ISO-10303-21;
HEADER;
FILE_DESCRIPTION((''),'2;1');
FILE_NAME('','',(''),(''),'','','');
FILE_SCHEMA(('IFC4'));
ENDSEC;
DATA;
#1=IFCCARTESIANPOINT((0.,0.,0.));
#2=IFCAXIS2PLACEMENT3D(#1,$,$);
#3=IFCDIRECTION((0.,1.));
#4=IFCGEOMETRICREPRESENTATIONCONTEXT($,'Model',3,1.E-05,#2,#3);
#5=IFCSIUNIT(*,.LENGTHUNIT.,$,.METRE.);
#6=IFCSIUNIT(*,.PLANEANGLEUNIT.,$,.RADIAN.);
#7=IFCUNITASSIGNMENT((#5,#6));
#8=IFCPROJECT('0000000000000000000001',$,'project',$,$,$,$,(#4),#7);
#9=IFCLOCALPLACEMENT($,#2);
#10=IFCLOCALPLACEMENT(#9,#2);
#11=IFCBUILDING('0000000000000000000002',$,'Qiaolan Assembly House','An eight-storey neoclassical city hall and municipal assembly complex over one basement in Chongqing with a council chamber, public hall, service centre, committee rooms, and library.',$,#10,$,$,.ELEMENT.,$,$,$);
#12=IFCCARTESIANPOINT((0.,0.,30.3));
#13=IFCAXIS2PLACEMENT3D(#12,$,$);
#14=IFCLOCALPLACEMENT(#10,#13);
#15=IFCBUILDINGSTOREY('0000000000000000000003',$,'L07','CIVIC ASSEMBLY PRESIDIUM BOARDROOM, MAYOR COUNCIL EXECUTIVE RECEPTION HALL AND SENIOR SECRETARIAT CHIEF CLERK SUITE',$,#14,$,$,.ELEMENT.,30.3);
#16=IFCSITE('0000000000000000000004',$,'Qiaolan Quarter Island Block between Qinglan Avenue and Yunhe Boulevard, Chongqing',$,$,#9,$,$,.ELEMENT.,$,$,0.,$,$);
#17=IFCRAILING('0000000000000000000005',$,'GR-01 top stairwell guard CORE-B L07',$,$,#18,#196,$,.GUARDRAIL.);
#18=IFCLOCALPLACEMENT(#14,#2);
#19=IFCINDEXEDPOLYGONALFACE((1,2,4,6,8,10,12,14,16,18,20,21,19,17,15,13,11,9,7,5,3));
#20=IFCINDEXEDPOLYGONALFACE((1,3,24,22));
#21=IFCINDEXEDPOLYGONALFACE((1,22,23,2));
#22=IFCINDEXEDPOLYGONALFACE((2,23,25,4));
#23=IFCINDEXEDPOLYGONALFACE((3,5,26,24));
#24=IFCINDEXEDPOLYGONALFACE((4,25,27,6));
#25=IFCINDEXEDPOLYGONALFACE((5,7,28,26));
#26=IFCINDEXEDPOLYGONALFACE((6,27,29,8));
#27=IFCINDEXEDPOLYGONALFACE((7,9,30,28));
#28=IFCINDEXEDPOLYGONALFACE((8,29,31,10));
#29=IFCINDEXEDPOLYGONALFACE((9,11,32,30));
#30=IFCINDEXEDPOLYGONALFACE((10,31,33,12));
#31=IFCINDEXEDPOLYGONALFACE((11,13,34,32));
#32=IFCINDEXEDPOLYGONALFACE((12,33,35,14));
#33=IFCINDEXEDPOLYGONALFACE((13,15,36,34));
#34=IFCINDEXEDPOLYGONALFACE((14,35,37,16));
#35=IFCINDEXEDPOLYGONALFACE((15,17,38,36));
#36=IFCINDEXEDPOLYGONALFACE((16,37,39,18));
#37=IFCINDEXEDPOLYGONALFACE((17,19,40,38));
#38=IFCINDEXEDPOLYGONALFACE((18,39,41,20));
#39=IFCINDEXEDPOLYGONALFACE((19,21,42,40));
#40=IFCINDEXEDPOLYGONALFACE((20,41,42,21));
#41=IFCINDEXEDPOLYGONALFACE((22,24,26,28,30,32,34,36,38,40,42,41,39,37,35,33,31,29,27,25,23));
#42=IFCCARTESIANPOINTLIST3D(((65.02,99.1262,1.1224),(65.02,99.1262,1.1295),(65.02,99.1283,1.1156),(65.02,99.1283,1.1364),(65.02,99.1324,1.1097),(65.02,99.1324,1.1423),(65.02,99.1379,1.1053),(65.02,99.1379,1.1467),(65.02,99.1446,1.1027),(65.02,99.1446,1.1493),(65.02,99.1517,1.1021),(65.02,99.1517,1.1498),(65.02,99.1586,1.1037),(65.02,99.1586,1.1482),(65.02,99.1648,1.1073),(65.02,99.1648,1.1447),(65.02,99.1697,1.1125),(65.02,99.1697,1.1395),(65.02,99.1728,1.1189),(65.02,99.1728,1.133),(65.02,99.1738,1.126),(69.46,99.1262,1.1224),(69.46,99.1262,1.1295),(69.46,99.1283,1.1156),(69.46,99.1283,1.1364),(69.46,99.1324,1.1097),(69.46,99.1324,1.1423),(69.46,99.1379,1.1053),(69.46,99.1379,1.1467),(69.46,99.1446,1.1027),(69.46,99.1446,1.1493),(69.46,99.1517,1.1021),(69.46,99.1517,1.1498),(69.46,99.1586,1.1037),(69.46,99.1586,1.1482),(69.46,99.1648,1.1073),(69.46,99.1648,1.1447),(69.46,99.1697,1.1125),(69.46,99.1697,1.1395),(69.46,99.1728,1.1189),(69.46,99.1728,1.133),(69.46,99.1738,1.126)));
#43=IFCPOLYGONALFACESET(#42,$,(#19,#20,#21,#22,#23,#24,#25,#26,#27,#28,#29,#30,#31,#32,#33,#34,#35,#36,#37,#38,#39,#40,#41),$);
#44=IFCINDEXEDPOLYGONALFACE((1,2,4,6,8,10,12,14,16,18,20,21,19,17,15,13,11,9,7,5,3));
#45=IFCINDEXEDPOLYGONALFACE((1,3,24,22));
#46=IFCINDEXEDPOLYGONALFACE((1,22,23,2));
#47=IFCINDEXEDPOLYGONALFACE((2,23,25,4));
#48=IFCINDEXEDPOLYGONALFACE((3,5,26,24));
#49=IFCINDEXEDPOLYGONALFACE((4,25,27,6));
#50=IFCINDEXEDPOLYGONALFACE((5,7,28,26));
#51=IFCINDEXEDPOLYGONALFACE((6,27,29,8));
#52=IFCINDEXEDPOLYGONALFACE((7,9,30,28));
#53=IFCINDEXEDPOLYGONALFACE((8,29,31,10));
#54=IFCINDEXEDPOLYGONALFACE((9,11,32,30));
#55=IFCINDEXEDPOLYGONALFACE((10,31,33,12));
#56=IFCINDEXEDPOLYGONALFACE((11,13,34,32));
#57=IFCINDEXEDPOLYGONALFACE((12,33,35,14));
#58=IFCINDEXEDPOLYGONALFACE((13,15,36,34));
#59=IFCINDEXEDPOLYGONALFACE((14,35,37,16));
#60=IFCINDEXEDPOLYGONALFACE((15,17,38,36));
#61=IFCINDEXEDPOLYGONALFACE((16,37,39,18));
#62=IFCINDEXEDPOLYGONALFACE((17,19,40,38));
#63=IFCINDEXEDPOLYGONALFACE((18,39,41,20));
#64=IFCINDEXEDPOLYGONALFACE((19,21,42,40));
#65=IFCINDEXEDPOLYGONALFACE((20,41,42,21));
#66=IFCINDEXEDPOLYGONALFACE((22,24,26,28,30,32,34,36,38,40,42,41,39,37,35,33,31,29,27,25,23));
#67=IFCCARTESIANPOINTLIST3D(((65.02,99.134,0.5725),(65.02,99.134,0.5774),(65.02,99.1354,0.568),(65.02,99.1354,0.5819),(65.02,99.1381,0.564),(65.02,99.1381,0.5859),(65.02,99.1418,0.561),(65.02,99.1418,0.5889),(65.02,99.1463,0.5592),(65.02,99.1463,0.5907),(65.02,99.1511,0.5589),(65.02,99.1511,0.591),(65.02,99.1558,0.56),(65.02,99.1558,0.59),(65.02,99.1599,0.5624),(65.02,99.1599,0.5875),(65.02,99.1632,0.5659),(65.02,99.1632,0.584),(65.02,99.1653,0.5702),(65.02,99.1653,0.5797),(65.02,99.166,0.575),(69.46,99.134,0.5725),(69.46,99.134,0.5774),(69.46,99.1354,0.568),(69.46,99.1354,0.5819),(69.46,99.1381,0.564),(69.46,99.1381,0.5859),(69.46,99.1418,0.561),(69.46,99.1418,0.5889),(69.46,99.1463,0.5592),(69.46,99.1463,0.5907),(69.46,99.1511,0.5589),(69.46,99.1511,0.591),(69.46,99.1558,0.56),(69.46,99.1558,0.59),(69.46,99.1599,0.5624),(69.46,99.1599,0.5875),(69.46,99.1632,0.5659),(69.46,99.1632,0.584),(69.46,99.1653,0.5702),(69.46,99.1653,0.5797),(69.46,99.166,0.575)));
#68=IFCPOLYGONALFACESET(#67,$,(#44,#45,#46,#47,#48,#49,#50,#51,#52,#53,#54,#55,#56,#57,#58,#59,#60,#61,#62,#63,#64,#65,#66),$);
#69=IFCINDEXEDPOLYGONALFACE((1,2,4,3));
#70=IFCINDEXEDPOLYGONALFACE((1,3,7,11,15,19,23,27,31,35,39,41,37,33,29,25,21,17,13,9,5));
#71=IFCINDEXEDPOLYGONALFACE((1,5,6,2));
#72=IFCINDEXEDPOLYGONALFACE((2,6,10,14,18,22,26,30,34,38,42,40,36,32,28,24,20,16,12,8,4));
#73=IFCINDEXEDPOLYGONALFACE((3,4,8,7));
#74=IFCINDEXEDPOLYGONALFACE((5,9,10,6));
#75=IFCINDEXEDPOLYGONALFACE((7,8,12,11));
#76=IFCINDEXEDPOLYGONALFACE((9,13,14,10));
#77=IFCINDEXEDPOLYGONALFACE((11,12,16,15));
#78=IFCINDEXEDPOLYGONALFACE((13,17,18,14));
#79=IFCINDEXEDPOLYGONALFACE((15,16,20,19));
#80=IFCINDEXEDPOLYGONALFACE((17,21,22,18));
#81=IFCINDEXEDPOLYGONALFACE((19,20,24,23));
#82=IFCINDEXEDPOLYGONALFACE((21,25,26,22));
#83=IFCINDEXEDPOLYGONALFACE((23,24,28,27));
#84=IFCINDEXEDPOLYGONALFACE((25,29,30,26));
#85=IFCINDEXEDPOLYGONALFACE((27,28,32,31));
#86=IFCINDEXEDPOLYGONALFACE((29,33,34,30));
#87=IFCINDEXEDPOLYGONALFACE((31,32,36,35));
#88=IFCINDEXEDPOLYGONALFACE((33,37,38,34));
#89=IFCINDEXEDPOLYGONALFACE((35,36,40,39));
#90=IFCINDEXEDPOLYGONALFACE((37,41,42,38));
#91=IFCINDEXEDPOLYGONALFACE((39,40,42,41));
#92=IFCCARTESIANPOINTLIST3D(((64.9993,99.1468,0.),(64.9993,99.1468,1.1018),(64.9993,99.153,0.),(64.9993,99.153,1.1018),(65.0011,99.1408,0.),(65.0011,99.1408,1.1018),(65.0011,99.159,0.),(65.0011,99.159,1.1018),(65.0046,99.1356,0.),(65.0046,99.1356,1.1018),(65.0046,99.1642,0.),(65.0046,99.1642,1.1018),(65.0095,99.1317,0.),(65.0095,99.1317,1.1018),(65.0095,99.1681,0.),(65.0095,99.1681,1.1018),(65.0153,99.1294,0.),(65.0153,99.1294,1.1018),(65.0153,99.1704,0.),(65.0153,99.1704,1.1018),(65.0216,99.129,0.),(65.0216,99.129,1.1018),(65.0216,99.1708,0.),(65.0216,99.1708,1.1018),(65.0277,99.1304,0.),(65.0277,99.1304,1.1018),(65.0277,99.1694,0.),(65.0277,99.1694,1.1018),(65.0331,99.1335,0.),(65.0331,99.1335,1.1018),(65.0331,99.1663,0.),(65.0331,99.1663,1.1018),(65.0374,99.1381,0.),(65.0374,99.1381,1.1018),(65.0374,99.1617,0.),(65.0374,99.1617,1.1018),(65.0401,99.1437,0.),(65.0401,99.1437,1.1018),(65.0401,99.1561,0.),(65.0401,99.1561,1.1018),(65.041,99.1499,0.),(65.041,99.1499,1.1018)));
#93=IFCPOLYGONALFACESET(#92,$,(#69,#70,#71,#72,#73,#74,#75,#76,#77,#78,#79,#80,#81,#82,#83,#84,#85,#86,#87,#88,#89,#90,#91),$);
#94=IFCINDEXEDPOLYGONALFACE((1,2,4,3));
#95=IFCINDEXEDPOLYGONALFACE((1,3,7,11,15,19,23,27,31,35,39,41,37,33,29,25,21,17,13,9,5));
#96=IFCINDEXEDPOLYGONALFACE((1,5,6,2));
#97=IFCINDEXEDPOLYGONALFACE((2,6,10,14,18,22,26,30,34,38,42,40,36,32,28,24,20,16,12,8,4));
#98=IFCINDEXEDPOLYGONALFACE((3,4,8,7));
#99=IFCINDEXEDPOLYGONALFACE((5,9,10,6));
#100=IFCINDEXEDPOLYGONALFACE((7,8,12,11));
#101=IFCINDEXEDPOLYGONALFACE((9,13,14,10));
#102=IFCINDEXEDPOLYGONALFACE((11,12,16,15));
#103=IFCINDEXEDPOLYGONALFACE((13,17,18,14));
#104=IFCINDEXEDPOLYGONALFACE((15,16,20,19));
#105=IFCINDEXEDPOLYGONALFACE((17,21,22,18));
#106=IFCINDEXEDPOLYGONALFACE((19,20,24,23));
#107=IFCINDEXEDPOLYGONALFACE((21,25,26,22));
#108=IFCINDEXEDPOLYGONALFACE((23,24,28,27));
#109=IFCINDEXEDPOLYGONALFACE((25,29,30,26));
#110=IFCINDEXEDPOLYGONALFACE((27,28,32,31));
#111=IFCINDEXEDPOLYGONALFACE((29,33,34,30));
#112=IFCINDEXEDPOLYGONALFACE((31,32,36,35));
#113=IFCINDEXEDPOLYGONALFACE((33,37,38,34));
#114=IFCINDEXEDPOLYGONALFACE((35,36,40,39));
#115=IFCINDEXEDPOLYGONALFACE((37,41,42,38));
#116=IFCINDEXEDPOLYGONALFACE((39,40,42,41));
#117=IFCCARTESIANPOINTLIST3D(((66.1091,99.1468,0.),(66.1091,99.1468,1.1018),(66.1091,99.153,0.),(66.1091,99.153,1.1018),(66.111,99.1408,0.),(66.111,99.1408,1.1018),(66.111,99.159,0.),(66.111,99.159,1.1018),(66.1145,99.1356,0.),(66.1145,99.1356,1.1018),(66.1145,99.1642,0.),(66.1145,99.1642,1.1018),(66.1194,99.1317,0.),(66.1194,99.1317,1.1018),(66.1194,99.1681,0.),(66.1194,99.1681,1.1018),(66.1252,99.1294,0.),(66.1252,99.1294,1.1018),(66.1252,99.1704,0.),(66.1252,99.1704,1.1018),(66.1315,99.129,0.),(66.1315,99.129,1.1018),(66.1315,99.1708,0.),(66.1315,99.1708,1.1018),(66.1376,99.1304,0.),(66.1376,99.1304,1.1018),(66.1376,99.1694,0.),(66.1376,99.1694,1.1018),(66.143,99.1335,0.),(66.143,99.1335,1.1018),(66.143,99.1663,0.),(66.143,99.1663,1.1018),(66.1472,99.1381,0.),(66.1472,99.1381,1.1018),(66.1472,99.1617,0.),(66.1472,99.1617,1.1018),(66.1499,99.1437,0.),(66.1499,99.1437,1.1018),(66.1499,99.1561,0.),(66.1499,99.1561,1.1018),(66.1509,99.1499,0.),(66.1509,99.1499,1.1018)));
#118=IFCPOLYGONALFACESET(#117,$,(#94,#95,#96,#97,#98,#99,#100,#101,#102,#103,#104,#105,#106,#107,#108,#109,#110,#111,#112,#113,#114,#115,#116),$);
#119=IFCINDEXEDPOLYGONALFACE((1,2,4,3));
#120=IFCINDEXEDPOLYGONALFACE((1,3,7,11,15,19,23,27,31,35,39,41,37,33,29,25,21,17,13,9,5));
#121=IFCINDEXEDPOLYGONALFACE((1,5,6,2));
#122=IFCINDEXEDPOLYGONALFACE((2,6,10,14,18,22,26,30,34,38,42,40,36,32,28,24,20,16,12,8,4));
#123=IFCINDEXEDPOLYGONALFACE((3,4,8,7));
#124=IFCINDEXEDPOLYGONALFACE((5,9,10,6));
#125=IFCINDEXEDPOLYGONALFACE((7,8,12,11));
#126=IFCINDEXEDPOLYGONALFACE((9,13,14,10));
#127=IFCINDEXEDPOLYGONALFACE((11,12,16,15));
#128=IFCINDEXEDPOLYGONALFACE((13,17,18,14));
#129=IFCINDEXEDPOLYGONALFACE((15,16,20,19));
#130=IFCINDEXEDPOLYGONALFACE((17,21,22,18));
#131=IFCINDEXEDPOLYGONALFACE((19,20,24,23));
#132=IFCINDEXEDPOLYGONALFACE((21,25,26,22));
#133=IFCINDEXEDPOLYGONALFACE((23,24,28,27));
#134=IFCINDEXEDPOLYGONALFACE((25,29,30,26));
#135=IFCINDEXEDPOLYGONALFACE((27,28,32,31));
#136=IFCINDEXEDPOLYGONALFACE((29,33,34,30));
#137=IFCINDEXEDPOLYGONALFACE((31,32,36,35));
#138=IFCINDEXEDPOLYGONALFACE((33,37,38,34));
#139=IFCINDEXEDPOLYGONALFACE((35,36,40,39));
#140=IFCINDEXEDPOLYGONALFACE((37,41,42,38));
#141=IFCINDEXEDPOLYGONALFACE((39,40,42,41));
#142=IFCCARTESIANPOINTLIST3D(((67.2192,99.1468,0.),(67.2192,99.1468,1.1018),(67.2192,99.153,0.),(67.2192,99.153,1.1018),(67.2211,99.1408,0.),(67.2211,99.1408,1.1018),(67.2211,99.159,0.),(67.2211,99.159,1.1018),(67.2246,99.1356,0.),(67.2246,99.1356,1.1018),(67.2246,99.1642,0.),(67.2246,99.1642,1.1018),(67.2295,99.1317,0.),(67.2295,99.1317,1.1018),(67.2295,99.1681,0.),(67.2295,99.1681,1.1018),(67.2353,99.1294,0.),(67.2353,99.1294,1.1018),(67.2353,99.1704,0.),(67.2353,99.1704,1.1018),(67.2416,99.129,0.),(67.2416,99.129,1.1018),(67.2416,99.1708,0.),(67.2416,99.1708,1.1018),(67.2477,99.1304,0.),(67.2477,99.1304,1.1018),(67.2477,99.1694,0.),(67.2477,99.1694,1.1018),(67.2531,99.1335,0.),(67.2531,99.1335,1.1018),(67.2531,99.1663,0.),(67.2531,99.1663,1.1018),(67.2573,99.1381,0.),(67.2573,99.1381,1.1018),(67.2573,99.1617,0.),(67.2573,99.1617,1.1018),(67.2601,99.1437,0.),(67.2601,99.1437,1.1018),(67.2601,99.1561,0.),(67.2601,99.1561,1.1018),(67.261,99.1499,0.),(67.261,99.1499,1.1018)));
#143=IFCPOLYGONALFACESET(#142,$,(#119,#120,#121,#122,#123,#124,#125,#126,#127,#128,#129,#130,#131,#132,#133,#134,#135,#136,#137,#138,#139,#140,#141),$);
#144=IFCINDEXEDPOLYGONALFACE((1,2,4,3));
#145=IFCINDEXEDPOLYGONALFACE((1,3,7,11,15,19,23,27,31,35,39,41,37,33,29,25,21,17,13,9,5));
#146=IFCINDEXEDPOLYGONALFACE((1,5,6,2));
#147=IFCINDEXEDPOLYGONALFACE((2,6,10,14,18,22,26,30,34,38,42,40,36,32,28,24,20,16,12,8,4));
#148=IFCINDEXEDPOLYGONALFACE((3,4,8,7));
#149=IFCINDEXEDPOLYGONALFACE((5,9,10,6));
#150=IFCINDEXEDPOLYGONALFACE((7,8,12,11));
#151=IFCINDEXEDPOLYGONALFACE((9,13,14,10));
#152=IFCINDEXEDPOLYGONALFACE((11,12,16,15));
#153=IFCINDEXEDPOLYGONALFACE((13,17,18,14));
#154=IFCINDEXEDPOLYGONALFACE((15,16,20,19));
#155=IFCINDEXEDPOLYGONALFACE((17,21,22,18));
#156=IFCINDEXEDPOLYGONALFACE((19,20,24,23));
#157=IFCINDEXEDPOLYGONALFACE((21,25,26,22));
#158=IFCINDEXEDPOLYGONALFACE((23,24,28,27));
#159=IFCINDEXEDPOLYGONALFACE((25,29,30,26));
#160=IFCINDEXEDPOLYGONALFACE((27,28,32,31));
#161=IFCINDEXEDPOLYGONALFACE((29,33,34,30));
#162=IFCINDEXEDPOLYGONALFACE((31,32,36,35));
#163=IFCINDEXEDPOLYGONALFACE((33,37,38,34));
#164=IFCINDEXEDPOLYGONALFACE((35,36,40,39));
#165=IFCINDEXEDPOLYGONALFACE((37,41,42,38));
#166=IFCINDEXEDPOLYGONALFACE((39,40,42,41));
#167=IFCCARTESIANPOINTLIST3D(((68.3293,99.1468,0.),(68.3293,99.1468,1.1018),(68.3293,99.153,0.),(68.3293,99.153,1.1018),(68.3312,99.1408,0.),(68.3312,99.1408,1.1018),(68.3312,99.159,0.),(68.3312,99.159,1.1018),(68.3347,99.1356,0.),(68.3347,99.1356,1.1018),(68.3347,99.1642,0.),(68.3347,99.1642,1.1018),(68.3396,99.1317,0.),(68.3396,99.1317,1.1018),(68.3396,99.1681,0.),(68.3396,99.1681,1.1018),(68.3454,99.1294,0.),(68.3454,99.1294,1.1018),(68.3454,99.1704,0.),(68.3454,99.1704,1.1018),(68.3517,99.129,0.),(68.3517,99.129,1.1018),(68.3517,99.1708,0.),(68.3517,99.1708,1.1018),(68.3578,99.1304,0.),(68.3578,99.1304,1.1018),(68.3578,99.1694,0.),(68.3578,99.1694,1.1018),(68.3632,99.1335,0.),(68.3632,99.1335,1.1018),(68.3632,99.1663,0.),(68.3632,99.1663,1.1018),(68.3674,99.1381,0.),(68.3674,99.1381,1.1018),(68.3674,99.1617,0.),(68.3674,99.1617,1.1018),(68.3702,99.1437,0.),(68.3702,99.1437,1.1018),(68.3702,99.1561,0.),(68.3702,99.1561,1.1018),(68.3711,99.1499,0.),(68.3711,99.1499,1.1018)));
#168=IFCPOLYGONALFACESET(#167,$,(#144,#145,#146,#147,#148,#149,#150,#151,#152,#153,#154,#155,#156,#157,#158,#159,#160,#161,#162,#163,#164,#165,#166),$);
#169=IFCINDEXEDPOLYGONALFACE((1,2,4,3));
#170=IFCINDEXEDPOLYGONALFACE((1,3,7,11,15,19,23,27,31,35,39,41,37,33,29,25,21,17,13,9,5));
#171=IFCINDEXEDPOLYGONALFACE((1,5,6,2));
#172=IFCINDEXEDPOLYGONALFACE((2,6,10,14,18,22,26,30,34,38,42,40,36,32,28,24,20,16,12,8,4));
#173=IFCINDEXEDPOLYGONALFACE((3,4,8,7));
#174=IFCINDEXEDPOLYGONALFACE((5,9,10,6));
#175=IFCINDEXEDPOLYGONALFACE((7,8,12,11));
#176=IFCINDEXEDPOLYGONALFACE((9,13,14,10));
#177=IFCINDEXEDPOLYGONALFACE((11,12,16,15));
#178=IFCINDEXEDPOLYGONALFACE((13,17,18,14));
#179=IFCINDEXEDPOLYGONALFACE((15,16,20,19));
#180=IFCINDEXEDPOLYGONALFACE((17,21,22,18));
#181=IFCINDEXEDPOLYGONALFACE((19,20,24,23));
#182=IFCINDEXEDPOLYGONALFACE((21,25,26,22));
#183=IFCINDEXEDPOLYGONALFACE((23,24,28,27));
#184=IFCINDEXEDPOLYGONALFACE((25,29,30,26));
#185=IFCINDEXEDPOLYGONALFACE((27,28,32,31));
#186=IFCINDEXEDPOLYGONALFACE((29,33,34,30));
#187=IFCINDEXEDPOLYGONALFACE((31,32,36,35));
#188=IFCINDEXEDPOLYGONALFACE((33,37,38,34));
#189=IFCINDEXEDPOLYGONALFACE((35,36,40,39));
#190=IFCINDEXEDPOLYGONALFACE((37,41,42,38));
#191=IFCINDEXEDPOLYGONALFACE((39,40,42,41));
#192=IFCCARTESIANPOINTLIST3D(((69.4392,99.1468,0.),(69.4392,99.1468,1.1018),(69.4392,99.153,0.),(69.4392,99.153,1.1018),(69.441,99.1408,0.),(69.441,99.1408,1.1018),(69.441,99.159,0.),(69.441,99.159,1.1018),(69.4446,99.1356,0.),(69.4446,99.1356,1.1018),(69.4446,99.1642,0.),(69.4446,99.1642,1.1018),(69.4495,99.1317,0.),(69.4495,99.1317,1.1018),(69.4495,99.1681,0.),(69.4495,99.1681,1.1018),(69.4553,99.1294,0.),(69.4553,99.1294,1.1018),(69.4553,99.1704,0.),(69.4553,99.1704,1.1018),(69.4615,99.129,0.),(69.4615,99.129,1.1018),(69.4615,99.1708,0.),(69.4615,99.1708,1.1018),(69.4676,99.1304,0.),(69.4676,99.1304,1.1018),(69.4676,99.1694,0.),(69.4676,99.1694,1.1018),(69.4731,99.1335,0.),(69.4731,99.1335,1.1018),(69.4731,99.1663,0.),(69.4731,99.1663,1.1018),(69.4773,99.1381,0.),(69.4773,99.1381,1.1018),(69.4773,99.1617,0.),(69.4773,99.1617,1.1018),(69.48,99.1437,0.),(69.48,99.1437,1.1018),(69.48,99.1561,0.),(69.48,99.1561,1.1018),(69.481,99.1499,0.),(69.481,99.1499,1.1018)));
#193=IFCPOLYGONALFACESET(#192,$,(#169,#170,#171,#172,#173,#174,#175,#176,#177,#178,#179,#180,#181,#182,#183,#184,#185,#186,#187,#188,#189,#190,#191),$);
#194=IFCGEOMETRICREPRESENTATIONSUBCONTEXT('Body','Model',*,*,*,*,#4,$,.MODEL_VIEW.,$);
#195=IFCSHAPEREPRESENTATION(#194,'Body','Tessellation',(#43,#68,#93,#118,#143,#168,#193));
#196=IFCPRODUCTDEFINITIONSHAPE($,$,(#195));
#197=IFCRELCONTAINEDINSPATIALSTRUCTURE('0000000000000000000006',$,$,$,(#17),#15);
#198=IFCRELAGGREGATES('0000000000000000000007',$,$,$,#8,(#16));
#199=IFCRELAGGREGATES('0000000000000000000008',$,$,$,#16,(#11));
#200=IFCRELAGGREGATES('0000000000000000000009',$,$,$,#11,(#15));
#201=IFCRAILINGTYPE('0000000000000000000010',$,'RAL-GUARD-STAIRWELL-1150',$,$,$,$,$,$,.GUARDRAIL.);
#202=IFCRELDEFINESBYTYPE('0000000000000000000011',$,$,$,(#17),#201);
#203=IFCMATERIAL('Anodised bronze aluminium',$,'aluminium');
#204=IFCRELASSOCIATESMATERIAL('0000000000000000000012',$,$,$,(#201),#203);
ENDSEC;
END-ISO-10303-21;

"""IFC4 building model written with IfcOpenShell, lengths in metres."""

from ifc_helpers import new_model, si_unit, direction, frame, origin, origin_2d, place, context, subcontext, project, spatial, circle, extrude, material, type_object, element, save


model = new_model("IFC4")

# Units and contexts
model_context = context("Model", 3, precision=1e-05, world=origin(), true_north=direction((0.0, 1.0)))
body_context = subcontext(model_context, "Body", "Model", "MODEL_VIEW")
ifc_project = project(units=[si_unit("LENGTHUNIT", "METRE"), si_unit("PLANEANGLEUNIT", "RADIAN")], contexts=[model_context])

# Site, building, storey
site_placement = place(None, origin())
site = spatial("IfcSite", under=ifc_project, at=site_placement, Name="Qiaolan Quarter Island Block between Qinglan Avenue and Yunhe Boulevard, Chongqing", CompositionType="ELEMENT", RefElevation=0.0)
building_placement = place(site_placement, origin())
building = spatial("IfcBuilding", under=site, at=building_placement, Name="Qiaolan Assembly House", Description="An eight-storey neoclassical city hall and municipal assembly complex over one basement in Chongqing with a council chamber, public hall, service centre, committee rooms, and library.", CompositionType="ELEMENT")
storey_placement = place(building_placement, frame((0.0, 0.0, 30.3)))
storey = spatial("IfcBuildingStorey", under=building, at=storey_placement, Name="L07", Description="CIVIC ASSEMBLY PRESIDIUM BOARDROOM, MAYOR COUNCIL EXECUTIVE RECEPTION HALL AND SENIOR SECRETARIAT CHIEF CLERK SUITE", CompositionType="ELEMENT", Elevation=30.3)

# Railing
ifc_material_1 = material(Name="Anodised bronze aluminium", Category="aluminium")
railing_type = type_object("IfcRailingType", Name="RAL-GUARD-STAIRWELL-1150", PredefinedType="GUARDRAIL", material=ifc_material_1)
railing_placement = place(storey_placement, frame((65.02, 99.1499, 0.0)))
element("IfcRailing", 1, at=railing_placement, inside=storey, type_object=railing_type, Name="GR-01 top stairwell guard CORE-B L07", PredefinedType="GUARDRAIL", context=body_context, shape_type="SweptSolid", body=[
    extrude(circle(Radius=0.0239, at=origin_2d()), frame((0.0, 0.0, 1.126), z_axis=(1.0, 0.0, 0.0), x_axis=(0.0, 1.0, 0.0)), (0.0, 0.0, 1.0), 4.4399),
    extrude(circle(Radius=0.0161, at=origin_2d()), frame((0.0, 0.0, 0.575), z_axis=(1.0, 0.0, 0.0), x_axis=(0.0, 1.0, 0.0)), (0.0, 0.0, 1.0), 4.4399),
    extrude(circle(Radius=0.021, at=origin_2d()), origin(), (0.0, 0.0, 1.0), 1.1018),
    extrude(circle(Radius=0.021, at=origin_2d()), frame((1.1099, 0.0, 0.0)), (0.0, 0.0, 1.0), 1.1018),
    extrude(circle(Radius=0.021, at=origin_2d()), frame((2.22, 0.0, 0.0)), (0.0, 0.0, 1.0), 1.1018),
    extrude(circle(Radius=0.021, at=origin_2d()), frame((3.3301, 0.0, 0.0)), (0.0, 0.0, 1.0), 1.1018),
    extrude(circle(Radius=0.021, at=origin_2d()), frame((4.4399, 0.0, 0.0)), (0.0, 0.0, 1.0), 1.1018),
])

save(model, "model.ifc")
